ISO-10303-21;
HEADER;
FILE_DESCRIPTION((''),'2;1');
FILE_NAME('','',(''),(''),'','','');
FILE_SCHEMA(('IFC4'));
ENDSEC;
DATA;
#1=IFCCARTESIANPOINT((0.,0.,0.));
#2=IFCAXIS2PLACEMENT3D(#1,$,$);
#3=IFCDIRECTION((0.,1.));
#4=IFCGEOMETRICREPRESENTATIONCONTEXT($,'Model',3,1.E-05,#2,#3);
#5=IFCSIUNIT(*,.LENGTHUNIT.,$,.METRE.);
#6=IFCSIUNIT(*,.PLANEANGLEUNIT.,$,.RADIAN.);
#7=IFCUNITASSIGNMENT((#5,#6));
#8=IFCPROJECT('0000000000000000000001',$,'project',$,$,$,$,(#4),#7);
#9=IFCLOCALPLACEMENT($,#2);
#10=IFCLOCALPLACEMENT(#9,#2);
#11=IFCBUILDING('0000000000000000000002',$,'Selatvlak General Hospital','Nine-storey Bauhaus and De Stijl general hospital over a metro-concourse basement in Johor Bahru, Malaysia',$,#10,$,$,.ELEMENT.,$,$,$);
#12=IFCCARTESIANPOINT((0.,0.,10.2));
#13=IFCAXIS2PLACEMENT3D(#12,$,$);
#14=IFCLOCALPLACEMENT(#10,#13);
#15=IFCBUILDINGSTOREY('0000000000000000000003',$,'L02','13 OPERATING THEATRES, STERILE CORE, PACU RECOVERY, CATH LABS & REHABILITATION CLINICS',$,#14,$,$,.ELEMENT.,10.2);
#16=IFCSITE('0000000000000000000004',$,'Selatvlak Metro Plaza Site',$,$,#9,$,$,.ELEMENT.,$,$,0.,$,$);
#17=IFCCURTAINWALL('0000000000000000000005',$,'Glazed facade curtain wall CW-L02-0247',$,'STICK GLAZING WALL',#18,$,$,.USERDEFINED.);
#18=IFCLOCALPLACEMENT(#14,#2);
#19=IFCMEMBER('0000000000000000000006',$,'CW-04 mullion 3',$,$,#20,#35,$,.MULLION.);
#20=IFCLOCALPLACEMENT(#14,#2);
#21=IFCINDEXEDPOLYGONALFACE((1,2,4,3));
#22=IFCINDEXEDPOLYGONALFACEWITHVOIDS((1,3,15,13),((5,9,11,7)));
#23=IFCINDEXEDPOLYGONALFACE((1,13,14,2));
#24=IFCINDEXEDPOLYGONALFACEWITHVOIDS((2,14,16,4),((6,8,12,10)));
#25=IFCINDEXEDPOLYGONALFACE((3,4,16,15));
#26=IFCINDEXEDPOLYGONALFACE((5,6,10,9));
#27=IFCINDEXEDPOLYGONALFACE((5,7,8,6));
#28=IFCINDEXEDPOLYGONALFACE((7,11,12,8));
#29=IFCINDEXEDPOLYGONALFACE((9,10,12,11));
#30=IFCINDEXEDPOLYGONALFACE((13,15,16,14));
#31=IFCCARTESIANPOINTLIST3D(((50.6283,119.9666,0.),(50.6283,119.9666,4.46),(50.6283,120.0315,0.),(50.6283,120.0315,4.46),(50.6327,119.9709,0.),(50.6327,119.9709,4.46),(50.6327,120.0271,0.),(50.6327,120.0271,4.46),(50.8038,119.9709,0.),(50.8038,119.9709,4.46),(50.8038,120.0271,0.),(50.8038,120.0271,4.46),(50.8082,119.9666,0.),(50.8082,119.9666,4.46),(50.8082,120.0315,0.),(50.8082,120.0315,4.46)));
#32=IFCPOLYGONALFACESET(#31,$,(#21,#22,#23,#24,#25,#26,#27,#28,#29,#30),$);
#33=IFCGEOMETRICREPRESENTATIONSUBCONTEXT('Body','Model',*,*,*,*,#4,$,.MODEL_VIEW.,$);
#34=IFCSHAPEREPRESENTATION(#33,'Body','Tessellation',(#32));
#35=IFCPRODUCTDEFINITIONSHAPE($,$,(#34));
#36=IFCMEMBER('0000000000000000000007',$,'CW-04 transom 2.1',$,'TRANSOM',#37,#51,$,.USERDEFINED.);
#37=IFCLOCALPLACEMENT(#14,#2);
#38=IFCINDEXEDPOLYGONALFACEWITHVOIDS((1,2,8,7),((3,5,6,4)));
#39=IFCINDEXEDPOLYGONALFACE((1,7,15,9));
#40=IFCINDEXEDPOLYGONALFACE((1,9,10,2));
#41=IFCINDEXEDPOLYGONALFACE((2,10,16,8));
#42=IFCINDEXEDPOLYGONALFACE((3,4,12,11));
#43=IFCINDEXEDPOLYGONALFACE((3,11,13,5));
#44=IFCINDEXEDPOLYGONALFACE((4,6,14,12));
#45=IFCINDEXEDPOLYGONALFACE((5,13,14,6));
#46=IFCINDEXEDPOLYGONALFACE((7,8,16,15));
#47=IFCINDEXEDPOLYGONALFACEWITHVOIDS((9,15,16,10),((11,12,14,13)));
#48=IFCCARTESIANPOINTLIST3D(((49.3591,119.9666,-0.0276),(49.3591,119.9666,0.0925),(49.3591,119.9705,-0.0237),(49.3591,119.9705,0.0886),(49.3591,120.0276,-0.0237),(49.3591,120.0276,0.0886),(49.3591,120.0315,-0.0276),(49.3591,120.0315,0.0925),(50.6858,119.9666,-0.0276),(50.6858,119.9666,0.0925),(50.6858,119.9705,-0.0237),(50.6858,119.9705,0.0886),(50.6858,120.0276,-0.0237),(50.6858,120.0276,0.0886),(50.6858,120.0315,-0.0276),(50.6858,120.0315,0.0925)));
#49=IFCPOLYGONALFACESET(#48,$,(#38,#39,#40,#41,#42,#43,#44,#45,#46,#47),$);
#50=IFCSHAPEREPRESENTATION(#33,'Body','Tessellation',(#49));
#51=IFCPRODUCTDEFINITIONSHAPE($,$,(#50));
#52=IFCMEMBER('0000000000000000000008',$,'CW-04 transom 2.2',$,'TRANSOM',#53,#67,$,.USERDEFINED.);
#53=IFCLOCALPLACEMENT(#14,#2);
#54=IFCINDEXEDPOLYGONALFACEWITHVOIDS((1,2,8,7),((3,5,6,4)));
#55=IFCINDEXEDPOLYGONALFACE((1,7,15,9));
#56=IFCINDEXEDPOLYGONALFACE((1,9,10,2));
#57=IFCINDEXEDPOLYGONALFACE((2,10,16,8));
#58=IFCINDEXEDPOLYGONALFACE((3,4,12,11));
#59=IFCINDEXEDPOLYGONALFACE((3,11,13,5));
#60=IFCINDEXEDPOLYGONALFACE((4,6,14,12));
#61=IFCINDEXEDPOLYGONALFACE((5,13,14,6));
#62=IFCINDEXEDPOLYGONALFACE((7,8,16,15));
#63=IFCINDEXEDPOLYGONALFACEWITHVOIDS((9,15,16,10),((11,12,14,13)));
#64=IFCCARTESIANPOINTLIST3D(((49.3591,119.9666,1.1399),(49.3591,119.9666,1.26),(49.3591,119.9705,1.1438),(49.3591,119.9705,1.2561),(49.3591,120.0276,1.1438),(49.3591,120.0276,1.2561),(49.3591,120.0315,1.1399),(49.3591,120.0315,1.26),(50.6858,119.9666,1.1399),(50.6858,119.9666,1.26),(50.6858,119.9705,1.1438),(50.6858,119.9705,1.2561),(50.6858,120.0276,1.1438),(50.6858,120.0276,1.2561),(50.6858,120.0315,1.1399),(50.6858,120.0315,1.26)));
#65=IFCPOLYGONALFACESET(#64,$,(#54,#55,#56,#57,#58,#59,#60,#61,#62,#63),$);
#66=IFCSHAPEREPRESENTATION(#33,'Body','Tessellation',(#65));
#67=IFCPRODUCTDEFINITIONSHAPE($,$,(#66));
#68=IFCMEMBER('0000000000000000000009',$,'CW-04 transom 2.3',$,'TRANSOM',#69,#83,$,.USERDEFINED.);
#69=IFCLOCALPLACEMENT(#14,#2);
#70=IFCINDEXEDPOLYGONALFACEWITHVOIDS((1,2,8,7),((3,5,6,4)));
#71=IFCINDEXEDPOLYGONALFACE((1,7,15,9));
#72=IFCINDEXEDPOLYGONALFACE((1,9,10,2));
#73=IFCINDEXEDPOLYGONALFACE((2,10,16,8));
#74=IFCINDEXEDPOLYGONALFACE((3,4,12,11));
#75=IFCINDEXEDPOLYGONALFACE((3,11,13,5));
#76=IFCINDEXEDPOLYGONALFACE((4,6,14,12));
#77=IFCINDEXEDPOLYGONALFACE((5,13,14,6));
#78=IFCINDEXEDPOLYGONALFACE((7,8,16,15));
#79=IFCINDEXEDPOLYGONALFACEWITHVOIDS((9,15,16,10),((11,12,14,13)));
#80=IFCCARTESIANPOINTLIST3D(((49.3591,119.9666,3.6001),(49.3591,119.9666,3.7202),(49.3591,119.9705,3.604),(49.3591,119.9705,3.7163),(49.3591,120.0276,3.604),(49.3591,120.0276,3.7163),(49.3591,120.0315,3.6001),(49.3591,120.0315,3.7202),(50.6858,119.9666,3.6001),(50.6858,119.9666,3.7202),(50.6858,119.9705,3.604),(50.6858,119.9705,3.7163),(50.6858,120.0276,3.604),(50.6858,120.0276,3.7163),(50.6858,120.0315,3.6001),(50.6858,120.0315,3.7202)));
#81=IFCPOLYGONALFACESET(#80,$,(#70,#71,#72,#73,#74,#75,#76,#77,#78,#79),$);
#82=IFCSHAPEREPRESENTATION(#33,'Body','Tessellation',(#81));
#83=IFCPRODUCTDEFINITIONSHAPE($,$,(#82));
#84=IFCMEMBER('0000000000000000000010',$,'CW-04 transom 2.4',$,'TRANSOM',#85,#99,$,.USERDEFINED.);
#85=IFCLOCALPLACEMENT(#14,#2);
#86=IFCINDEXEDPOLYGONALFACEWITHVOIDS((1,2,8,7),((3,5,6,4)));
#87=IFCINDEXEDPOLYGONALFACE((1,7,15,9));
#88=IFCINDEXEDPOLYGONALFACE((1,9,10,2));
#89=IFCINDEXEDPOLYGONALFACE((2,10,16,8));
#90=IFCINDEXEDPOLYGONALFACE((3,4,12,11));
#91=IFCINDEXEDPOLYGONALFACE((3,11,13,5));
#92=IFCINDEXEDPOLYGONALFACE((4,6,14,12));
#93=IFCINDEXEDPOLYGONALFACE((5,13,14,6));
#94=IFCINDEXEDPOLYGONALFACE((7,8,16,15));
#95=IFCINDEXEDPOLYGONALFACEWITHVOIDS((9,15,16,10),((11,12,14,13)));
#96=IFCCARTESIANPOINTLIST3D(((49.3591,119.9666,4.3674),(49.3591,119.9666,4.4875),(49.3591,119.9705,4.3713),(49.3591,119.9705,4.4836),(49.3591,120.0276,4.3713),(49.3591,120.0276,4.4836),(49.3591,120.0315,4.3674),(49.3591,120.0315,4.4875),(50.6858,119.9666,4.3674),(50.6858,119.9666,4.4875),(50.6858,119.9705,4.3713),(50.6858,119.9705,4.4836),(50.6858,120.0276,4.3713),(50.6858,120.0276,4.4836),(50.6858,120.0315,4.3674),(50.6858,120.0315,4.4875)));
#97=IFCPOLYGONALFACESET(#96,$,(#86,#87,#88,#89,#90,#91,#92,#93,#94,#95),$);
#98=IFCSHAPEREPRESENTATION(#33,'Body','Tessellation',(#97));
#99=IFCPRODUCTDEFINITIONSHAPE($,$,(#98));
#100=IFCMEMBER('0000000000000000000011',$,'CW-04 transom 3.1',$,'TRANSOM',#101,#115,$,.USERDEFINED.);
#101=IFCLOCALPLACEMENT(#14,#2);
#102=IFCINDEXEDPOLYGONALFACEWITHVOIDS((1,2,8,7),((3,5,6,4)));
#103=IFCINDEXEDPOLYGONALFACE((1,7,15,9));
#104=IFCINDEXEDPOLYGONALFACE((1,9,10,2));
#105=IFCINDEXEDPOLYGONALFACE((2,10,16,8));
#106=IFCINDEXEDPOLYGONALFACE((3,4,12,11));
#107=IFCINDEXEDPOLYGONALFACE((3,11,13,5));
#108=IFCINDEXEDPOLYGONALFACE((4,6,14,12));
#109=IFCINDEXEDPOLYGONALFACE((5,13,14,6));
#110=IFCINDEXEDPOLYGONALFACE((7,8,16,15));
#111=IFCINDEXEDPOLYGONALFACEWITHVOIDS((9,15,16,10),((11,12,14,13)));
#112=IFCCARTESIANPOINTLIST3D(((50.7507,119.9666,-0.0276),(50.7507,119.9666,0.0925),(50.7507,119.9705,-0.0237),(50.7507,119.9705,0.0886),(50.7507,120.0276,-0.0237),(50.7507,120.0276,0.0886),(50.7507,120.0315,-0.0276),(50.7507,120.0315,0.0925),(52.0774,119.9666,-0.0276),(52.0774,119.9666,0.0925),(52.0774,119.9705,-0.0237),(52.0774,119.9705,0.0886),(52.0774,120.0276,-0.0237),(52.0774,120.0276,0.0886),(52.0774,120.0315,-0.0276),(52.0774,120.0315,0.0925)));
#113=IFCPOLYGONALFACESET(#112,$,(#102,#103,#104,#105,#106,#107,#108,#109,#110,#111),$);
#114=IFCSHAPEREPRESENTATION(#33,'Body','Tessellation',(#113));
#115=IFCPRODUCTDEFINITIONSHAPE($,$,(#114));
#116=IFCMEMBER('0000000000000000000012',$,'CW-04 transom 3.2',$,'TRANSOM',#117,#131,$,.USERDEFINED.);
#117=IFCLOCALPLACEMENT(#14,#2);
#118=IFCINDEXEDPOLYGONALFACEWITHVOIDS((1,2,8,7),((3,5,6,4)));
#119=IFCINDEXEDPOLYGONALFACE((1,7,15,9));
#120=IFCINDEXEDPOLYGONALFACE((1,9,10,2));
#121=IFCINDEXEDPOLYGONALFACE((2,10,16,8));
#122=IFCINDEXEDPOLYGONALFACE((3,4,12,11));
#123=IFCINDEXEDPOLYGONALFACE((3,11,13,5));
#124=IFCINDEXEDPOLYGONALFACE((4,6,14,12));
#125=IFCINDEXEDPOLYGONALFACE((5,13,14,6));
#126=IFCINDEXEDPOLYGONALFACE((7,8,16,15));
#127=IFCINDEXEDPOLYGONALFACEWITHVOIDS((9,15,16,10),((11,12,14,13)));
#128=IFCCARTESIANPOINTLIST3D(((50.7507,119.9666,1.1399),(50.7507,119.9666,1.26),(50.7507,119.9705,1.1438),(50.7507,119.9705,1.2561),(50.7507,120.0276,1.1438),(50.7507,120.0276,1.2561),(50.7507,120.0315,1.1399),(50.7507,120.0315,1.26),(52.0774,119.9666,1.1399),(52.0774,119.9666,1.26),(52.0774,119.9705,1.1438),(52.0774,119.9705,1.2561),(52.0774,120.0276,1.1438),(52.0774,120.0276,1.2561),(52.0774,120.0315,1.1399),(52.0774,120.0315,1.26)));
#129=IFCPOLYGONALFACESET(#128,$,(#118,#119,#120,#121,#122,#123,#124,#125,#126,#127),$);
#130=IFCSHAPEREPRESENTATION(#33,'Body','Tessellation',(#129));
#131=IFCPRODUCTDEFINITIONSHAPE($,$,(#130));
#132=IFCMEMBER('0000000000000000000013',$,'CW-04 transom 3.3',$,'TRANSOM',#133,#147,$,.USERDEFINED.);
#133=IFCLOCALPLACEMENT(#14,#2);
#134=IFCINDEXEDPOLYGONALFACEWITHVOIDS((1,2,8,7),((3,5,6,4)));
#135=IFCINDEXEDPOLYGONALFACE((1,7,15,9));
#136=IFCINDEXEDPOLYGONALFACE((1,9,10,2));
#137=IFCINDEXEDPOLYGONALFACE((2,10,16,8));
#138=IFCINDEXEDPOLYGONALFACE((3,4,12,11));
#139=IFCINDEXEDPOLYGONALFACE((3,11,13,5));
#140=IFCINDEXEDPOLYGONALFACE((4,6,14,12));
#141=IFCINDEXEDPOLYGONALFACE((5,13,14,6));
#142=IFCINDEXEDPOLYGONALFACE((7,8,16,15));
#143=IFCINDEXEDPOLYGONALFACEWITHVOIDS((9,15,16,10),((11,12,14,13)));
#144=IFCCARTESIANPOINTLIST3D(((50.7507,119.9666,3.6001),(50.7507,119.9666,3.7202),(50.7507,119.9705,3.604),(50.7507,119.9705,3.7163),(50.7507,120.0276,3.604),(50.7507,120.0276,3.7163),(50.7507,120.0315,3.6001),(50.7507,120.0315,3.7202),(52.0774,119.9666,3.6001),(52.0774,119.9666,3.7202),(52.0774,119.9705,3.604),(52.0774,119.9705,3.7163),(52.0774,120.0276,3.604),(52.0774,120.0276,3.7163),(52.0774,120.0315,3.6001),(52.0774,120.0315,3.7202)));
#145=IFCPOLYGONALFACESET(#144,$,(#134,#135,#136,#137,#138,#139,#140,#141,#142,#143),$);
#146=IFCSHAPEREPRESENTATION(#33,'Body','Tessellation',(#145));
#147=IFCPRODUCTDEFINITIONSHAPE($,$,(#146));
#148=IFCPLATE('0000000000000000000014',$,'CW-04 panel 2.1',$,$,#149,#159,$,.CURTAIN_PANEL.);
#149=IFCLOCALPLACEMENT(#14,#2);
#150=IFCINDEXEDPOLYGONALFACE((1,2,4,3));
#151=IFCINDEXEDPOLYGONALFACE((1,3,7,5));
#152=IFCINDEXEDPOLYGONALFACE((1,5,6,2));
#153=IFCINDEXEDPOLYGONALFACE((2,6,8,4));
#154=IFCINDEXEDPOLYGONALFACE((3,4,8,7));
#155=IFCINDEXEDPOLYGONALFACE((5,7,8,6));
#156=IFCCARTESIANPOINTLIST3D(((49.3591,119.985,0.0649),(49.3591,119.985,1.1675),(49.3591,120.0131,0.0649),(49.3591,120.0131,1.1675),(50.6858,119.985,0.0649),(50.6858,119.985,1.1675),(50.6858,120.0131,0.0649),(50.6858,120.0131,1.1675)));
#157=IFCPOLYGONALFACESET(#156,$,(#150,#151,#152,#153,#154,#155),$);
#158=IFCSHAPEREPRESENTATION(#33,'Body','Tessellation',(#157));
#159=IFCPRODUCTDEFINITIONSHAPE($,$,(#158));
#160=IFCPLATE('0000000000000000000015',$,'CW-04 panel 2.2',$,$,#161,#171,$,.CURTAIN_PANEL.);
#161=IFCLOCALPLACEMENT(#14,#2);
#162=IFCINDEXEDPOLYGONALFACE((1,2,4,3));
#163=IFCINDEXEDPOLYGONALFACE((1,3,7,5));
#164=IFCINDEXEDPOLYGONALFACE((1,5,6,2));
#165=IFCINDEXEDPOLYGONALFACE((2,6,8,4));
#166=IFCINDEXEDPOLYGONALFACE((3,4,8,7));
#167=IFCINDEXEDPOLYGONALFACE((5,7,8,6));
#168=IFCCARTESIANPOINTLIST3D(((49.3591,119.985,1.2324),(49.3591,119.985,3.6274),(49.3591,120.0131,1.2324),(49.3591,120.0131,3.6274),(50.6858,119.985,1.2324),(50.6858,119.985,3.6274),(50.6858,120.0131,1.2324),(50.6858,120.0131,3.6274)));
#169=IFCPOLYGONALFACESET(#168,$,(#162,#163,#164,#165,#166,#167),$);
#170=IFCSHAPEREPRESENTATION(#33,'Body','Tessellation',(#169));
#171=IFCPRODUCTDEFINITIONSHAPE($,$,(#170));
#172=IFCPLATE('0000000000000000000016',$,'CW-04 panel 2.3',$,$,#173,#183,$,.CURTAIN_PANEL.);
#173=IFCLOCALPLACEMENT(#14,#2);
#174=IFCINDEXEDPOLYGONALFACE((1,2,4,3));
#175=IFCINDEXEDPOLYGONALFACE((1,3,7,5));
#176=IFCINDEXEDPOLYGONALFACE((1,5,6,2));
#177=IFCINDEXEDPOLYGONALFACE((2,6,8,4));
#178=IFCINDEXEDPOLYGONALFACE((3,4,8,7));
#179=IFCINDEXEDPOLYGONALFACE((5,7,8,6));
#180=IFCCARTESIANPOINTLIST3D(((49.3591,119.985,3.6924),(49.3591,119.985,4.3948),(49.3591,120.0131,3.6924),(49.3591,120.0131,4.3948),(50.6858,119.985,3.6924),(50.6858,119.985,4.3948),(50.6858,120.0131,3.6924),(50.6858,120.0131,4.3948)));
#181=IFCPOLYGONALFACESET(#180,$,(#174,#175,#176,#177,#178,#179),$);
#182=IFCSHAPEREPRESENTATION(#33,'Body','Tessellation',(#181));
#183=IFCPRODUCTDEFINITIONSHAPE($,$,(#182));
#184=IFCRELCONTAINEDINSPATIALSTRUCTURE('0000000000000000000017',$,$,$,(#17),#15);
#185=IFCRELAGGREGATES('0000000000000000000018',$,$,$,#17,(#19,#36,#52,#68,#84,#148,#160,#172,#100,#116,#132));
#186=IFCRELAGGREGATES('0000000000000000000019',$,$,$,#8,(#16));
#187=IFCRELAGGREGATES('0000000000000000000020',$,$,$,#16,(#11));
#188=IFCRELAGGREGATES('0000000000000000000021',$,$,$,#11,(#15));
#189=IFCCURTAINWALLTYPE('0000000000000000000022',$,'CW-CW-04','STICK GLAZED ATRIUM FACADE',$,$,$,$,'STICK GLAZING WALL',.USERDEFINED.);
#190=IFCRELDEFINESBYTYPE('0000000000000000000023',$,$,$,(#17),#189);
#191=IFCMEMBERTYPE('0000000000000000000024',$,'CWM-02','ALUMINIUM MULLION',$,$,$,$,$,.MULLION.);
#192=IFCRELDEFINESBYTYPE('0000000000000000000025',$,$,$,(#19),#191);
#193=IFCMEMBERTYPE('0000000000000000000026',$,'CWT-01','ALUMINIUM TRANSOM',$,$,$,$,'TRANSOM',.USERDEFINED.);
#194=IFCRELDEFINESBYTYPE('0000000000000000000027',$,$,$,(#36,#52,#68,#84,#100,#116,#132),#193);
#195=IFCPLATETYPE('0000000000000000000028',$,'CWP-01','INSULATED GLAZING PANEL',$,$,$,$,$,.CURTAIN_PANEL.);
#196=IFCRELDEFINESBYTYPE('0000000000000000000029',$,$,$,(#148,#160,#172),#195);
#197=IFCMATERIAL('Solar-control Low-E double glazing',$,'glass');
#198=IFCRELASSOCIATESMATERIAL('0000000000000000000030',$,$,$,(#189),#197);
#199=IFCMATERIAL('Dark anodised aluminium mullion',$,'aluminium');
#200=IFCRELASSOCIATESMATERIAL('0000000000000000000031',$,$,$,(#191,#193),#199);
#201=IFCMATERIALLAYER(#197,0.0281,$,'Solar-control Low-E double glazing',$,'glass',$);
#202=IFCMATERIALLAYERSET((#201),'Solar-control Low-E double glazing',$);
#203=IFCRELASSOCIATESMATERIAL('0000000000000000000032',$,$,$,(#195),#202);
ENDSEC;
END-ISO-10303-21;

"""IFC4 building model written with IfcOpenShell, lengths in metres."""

from ifc_helpers import new_model, si_unit, direction, frame, origin, origin_2d, place, context, subcontext, project, spatial, rectangle, hollow_rectangle, extrude, material, layer, layer_set, material_profile, profile_set, type_object, element, aggregate, save


model = new_model("IFC4")

# Units and contexts
model_context = context("Model", 3, precision=1e-05, world=origin(), true_north=direction((0.0, 1.0)))
body_context = subcontext(model_context, "Body", "Model", "MODEL_VIEW")
ifc_project = project(units=[si_unit("LENGTHUNIT", "METRE"), si_unit("PLANEANGLEUNIT", "RADIAN")], contexts=[model_context])

# Site, building, storey
site_placement = place(None, origin())
site = spatial("IfcSite", under=ifc_project, at=site_placement, Name="Selatvlak Metro Plaza Site", CompositionType="ELEMENT", RefElevation=0.0)
building_placement = place(site_placement, origin())
building = spatial("IfcBuilding", under=site, at=building_placement, Name="Selatvlak General Hospital", Description="Nine-storey Bauhaus and De Stijl general hospital over a metro-concourse basement in Johor Bahru, Malaysia", CompositionType="ELEMENT")
storey_placement = place(building_placement, frame((0.0, 0.0, 10.2)))
storey = spatial("IfcBuildingStorey", under=building, at=storey_placement, Name="L02", Description="13 OPERATING THEATRES, STERILE CORE, PACU RECOVERY, CATH LABS & REHABILITATION CLINICS", CompositionType="ELEMENT", Elevation=10.2)

# Curtain wall, members, plates
ifc_material_1 = material(Name="Solar-control Low-E double glazing", Category="glass")
curtain_wall_type = type_object("IfcCurtainWallType", Name="CW-CW-04", Description="STICK GLAZED ATRIUM FACADE", ElementType="STICK GLAZING WALL", PredefinedType="USERDEFINED", material=ifc_material_1)
curtain_wall_placement = place(storey_placement, origin())
curtain_wall = element("IfcCurtainWall", 1, at=curtain_wall_placement, inside=storey, type_object=curtain_wall_type, Name="Glazed facade curtain wall CW-L02-0247", ObjectType="STICK GLAZING WALL", PredefinedType="USERDEFINED")
ifc_material_2 = material(Name="Dark anodised aluminium mullion", Category="aluminium")
ifc_material_profile_1 = material_profile(ifc_material_2, hollow_rectangle(XDim=0.0649, YDim=0.1799, WallThickness=0.0044, at=origin_2d()), Name="AL-MUL 65x180x4.5")
ifc_profile_set_1 = profile_set([ifc_material_profile_1], Name="Dark anodised aluminium mullion")
member_type_1 = type_object("IfcMemberType", Name="CWM-02", Description="ALUMINIUM MULLION", PredefinedType="MULLION", material=ifc_profile_set_1)
member_1_placement = place(storey_placement, frame((50.7183, 119.999, 0.0), z_axis=(0.0, 0.0, 1.0), x_axis=(0.0, 1.0, 0.0)))
member_1 = element("IfcMember", 2, at=member_1_placement, type_object=member_type_1, Name="CW-04 mullion 3", PredefinedType="MULLION", context=body_context, shape_type="SweptSolid", body=[
    extrude(hollow_rectangle(XDim=0.0649, YDim=0.1799, WallThickness=0.0044, at=origin_2d()), origin(), (0.0, 0.0, 1.0), 4.46),
])
ifc_material_profile_2 = material_profile(ifc_material_2, hollow_rectangle(XDim=0.0649, YDim=0.1201, WallThickness=0.0039, at=origin_2d()), Name="AL-TRN 65x120x4")
ifc_profile_set_2 = profile_set([ifc_material_profile_2], Name="Dark anodised aluminium mullion")
member_type_2 = type_object("IfcMemberType", Name="CWT-01", Description="ALUMINIUM TRANSOM", ElementType="TRANSOM", PredefinedType="USERDEFINED", material=ifc_profile_set_2)
member_2_placement = place(storey_placement, frame((49.3591, 119.999, 0.0325), z_axis=(1.0, 0.0, 0.0), x_axis=(0.0, 1.0, 0.0)))
member_2 = element("IfcMember", 3, at=member_2_placement, type_object=member_type_2, Name="CW-04 transom 2.1", ObjectType="TRANSOM", PredefinedType="USERDEFINED", context=body_context, shape_type="SweptSolid", body=[
    extrude(hollow_rectangle(XDim=0.0649, YDim=0.1201, WallThickness=0.0039, at=origin_2d()), origin(), (0.0, 0.0, 1.0), 1.3267),
])
member_3_placement = place(storey_placement, frame((49.3591, 119.999, 1.2), z_axis=(1.0, 0.0, 0.0), x_axis=(0.0, 1.0, 0.0)))
member_3 = element("IfcMember", 4, at=member_3_placement, type_object=member_type_2, Name="CW-04 transom 2.2", ObjectType="TRANSOM", PredefinedType="USERDEFINED", context=body_context, shape_type="SweptSolid", body=[
    extrude(hollow_rectangle(XDim=0.0649, YDim=0.1201, WallThickness=0.0039, at=origin_2d()), origin(), (0.0, 0.0, 1.0), 1.3267),
])
member_4_placement = place(storey_placement, frame((49.3591, 119.999, 3.6602), z_axis=(1.0, 0.0, 0.0), x_axis=(0.0, 1.0, 0.0)))
member_4 = element("IfcMember", 5, at=member_4_placement, type_object=member_type_2, Name="CW-04 transom 2.3", ObjectType="TRANSOM", PredefinedType="USERDEFINED", context=body_context, shape_type="SweptSolid", body=[
    extrude(hollow_rectangle(XDim=0.0649, YDim=0.1201, WallThickness=0.0039, at=origin_2d()), origin(), (0.0, 0.0, 1.0), 1.3267),
])
member_5_placement = place(storey_placement, frame((49.3591, 119.999, 4.4275), z_axis=(1.0, 0.0, 0.0), x_axis=(0.0, 1.0, 0.0)))
member_5 = element("IfcMember", 6, at=member_5_placement, type_object=member_type_2, Name="CW-04 transom 2.4", ObjectType="TRANSOM", PredefinedType="USERDEFINED", context=body_context, shape_type="SweptSolid", body=[
    extrude(hollow_rectangle(XDim=0.0649, YDim=0.1201, WallThickness=0.0039, at=origin_2d()), origin(), (0.0, 0.0, 1.0), 1.3267),
])
member_6_placement = place(storey_placement, frame((50.7507, 119.999, 0.0325), z_axis=(1.0, 0.0, 0.0), x_axis=(0.0, 1.0, 0.0)))
member_6 = element("IfcMember", 7, at=member_6_placement, type_object=member_type_2, Name="CW-04 transom 3.1", ObjectType="TRANSOM", PredefinedType="USERDEFINED", context=body_context, shape_type="SweptSolid", body=[
    extrude(hollow_rectangle(XDim=0.0649, YDim=0.1201, WallThickness=0.0039, at=origin_2d()), origin(), (0.0, 0.0, 1.0), 1.3267),
])
member_7_placement = place(storey_placement, frame((50.7507, 119.999, 1.2), z_axis=(1.0, 0.0, 0.0), x_axis=(0.0, 1.0, 0.0)))
member_7 = element("IfcMember", 8, at=member_7_placement, type_object=member_type_2, Name="CW-04 transom 3.2", ObjectType="TRANSOM", PredefinedType="USERDEFINED", context=body_context, shape_type="SweptSolid", body=[
    extrude(hollow_rectangle(XDim=0.0649, YDim=0.1201, WallThickness=0.0039, at=origin_2d()), origin(), (0.0, 0.0, 1.0), 1.3267),
])
member_8_placement = place(storey_placement, frame((50.7507, 119.999, 3.6602), z_axis=(1.0, 0.0, 0.0), x_axis=(0.0, 1.0, 0.0)))
member_8 = element("IfcMember", 9, at=member_8_placement, type_object=member_type_2, Name="CW-04 transom 3.3", ObjectType="TRANSOM", PredefinedType="USERDEFINED", context=body_context, shape_type="SweptSolid", body=[
    extrude(hollow_rectangle(XDim=0.0649, YDim=0.1201, WallThickness=0.0039, at=origin_2d()), origin(), (0.0, 0.0, 1.0), 1.3267),
])
ifc_layer_1 = layer(ifc_material_1, 0.0281, Name="Solar-control Low-E double glazing", Category="glass")
ifc_layer_set_1 = layer_set([ifc_layer_1], Name="Solar-control Low-E double glazing")
plate_type = type_object("IfcPlateType", Name="CWP-01", Description="INSULATED GLAZING PANEL", PredefinedType="CURTAIN_PANEL", material=ifc_layer_set_1)
plate_1_placement = place(storey_placement, frame((50.0225, 119.999, 0.0649), z_axis=(0.0, 0.0, 1.0), x_axis=(1.0, 0.0, 0.0)))
plate_1 = element("IfcPlate", 10, at=plate_1_placement, type_object=plate_type, Name="CW-04 panel 2.1", PredefinedType="CURTAIN_PANEL", context=body_context, shape_type="SweptSolid", body=[
    extrude(rectangle(XDim=1.3267, YDim=0.0281, at=origin_2d()), origin(), (0.0, 0.0, 1.0), 1.1025),
])
plate_2_placement = place(storey_placement, frame((50.0225, 119.999, 1.2324), z_axis=(0.0, 0.0, 1.0), x_axis=(1.0, 0.0, 0.0)))
plate_2 = element("IfcPlate", 11, at=plate_2_placement, type_object=plate_type, Name="CW-04 panel 2.2", PredefinedType="CURTAIN_PANEL", context=body_context, shape_type="SweptSolid", body=[
    extrude(rectangle(XDim=1.3267, YDim=0.0281, at=origin_2d()), origin(), (0.0, 0.0, 1.0), 2.395),
])
plate_3_placement = place(storey_placement, frame((50.0225, 119.999, 3.6924), z_axis=(0.0, 0.0, 1.0), x_axis=(1.0, 0.0, 0.0)))
plate_3 = element("IfcPlate", 12, at=plate_3_placement, type_object=plate_type, Name="CW-04 panel 2.3", PredefinedType="CURTAIN_PANEL", context=body_context, shape_type="SweptSolid", body=[
    extrude(rectangle(XDim=1.3267, YDim=0.0281, at=origin_2d()), origin(), (0.0, 0.0, 1.0), 0.7024),
])
aggregate(curtain_wall, [member_1, member_2, member_3, member_4, member_5, plate_1, plate_2, plate_3, member_6, member_7, member_8])

save(model, "model.ifc")
